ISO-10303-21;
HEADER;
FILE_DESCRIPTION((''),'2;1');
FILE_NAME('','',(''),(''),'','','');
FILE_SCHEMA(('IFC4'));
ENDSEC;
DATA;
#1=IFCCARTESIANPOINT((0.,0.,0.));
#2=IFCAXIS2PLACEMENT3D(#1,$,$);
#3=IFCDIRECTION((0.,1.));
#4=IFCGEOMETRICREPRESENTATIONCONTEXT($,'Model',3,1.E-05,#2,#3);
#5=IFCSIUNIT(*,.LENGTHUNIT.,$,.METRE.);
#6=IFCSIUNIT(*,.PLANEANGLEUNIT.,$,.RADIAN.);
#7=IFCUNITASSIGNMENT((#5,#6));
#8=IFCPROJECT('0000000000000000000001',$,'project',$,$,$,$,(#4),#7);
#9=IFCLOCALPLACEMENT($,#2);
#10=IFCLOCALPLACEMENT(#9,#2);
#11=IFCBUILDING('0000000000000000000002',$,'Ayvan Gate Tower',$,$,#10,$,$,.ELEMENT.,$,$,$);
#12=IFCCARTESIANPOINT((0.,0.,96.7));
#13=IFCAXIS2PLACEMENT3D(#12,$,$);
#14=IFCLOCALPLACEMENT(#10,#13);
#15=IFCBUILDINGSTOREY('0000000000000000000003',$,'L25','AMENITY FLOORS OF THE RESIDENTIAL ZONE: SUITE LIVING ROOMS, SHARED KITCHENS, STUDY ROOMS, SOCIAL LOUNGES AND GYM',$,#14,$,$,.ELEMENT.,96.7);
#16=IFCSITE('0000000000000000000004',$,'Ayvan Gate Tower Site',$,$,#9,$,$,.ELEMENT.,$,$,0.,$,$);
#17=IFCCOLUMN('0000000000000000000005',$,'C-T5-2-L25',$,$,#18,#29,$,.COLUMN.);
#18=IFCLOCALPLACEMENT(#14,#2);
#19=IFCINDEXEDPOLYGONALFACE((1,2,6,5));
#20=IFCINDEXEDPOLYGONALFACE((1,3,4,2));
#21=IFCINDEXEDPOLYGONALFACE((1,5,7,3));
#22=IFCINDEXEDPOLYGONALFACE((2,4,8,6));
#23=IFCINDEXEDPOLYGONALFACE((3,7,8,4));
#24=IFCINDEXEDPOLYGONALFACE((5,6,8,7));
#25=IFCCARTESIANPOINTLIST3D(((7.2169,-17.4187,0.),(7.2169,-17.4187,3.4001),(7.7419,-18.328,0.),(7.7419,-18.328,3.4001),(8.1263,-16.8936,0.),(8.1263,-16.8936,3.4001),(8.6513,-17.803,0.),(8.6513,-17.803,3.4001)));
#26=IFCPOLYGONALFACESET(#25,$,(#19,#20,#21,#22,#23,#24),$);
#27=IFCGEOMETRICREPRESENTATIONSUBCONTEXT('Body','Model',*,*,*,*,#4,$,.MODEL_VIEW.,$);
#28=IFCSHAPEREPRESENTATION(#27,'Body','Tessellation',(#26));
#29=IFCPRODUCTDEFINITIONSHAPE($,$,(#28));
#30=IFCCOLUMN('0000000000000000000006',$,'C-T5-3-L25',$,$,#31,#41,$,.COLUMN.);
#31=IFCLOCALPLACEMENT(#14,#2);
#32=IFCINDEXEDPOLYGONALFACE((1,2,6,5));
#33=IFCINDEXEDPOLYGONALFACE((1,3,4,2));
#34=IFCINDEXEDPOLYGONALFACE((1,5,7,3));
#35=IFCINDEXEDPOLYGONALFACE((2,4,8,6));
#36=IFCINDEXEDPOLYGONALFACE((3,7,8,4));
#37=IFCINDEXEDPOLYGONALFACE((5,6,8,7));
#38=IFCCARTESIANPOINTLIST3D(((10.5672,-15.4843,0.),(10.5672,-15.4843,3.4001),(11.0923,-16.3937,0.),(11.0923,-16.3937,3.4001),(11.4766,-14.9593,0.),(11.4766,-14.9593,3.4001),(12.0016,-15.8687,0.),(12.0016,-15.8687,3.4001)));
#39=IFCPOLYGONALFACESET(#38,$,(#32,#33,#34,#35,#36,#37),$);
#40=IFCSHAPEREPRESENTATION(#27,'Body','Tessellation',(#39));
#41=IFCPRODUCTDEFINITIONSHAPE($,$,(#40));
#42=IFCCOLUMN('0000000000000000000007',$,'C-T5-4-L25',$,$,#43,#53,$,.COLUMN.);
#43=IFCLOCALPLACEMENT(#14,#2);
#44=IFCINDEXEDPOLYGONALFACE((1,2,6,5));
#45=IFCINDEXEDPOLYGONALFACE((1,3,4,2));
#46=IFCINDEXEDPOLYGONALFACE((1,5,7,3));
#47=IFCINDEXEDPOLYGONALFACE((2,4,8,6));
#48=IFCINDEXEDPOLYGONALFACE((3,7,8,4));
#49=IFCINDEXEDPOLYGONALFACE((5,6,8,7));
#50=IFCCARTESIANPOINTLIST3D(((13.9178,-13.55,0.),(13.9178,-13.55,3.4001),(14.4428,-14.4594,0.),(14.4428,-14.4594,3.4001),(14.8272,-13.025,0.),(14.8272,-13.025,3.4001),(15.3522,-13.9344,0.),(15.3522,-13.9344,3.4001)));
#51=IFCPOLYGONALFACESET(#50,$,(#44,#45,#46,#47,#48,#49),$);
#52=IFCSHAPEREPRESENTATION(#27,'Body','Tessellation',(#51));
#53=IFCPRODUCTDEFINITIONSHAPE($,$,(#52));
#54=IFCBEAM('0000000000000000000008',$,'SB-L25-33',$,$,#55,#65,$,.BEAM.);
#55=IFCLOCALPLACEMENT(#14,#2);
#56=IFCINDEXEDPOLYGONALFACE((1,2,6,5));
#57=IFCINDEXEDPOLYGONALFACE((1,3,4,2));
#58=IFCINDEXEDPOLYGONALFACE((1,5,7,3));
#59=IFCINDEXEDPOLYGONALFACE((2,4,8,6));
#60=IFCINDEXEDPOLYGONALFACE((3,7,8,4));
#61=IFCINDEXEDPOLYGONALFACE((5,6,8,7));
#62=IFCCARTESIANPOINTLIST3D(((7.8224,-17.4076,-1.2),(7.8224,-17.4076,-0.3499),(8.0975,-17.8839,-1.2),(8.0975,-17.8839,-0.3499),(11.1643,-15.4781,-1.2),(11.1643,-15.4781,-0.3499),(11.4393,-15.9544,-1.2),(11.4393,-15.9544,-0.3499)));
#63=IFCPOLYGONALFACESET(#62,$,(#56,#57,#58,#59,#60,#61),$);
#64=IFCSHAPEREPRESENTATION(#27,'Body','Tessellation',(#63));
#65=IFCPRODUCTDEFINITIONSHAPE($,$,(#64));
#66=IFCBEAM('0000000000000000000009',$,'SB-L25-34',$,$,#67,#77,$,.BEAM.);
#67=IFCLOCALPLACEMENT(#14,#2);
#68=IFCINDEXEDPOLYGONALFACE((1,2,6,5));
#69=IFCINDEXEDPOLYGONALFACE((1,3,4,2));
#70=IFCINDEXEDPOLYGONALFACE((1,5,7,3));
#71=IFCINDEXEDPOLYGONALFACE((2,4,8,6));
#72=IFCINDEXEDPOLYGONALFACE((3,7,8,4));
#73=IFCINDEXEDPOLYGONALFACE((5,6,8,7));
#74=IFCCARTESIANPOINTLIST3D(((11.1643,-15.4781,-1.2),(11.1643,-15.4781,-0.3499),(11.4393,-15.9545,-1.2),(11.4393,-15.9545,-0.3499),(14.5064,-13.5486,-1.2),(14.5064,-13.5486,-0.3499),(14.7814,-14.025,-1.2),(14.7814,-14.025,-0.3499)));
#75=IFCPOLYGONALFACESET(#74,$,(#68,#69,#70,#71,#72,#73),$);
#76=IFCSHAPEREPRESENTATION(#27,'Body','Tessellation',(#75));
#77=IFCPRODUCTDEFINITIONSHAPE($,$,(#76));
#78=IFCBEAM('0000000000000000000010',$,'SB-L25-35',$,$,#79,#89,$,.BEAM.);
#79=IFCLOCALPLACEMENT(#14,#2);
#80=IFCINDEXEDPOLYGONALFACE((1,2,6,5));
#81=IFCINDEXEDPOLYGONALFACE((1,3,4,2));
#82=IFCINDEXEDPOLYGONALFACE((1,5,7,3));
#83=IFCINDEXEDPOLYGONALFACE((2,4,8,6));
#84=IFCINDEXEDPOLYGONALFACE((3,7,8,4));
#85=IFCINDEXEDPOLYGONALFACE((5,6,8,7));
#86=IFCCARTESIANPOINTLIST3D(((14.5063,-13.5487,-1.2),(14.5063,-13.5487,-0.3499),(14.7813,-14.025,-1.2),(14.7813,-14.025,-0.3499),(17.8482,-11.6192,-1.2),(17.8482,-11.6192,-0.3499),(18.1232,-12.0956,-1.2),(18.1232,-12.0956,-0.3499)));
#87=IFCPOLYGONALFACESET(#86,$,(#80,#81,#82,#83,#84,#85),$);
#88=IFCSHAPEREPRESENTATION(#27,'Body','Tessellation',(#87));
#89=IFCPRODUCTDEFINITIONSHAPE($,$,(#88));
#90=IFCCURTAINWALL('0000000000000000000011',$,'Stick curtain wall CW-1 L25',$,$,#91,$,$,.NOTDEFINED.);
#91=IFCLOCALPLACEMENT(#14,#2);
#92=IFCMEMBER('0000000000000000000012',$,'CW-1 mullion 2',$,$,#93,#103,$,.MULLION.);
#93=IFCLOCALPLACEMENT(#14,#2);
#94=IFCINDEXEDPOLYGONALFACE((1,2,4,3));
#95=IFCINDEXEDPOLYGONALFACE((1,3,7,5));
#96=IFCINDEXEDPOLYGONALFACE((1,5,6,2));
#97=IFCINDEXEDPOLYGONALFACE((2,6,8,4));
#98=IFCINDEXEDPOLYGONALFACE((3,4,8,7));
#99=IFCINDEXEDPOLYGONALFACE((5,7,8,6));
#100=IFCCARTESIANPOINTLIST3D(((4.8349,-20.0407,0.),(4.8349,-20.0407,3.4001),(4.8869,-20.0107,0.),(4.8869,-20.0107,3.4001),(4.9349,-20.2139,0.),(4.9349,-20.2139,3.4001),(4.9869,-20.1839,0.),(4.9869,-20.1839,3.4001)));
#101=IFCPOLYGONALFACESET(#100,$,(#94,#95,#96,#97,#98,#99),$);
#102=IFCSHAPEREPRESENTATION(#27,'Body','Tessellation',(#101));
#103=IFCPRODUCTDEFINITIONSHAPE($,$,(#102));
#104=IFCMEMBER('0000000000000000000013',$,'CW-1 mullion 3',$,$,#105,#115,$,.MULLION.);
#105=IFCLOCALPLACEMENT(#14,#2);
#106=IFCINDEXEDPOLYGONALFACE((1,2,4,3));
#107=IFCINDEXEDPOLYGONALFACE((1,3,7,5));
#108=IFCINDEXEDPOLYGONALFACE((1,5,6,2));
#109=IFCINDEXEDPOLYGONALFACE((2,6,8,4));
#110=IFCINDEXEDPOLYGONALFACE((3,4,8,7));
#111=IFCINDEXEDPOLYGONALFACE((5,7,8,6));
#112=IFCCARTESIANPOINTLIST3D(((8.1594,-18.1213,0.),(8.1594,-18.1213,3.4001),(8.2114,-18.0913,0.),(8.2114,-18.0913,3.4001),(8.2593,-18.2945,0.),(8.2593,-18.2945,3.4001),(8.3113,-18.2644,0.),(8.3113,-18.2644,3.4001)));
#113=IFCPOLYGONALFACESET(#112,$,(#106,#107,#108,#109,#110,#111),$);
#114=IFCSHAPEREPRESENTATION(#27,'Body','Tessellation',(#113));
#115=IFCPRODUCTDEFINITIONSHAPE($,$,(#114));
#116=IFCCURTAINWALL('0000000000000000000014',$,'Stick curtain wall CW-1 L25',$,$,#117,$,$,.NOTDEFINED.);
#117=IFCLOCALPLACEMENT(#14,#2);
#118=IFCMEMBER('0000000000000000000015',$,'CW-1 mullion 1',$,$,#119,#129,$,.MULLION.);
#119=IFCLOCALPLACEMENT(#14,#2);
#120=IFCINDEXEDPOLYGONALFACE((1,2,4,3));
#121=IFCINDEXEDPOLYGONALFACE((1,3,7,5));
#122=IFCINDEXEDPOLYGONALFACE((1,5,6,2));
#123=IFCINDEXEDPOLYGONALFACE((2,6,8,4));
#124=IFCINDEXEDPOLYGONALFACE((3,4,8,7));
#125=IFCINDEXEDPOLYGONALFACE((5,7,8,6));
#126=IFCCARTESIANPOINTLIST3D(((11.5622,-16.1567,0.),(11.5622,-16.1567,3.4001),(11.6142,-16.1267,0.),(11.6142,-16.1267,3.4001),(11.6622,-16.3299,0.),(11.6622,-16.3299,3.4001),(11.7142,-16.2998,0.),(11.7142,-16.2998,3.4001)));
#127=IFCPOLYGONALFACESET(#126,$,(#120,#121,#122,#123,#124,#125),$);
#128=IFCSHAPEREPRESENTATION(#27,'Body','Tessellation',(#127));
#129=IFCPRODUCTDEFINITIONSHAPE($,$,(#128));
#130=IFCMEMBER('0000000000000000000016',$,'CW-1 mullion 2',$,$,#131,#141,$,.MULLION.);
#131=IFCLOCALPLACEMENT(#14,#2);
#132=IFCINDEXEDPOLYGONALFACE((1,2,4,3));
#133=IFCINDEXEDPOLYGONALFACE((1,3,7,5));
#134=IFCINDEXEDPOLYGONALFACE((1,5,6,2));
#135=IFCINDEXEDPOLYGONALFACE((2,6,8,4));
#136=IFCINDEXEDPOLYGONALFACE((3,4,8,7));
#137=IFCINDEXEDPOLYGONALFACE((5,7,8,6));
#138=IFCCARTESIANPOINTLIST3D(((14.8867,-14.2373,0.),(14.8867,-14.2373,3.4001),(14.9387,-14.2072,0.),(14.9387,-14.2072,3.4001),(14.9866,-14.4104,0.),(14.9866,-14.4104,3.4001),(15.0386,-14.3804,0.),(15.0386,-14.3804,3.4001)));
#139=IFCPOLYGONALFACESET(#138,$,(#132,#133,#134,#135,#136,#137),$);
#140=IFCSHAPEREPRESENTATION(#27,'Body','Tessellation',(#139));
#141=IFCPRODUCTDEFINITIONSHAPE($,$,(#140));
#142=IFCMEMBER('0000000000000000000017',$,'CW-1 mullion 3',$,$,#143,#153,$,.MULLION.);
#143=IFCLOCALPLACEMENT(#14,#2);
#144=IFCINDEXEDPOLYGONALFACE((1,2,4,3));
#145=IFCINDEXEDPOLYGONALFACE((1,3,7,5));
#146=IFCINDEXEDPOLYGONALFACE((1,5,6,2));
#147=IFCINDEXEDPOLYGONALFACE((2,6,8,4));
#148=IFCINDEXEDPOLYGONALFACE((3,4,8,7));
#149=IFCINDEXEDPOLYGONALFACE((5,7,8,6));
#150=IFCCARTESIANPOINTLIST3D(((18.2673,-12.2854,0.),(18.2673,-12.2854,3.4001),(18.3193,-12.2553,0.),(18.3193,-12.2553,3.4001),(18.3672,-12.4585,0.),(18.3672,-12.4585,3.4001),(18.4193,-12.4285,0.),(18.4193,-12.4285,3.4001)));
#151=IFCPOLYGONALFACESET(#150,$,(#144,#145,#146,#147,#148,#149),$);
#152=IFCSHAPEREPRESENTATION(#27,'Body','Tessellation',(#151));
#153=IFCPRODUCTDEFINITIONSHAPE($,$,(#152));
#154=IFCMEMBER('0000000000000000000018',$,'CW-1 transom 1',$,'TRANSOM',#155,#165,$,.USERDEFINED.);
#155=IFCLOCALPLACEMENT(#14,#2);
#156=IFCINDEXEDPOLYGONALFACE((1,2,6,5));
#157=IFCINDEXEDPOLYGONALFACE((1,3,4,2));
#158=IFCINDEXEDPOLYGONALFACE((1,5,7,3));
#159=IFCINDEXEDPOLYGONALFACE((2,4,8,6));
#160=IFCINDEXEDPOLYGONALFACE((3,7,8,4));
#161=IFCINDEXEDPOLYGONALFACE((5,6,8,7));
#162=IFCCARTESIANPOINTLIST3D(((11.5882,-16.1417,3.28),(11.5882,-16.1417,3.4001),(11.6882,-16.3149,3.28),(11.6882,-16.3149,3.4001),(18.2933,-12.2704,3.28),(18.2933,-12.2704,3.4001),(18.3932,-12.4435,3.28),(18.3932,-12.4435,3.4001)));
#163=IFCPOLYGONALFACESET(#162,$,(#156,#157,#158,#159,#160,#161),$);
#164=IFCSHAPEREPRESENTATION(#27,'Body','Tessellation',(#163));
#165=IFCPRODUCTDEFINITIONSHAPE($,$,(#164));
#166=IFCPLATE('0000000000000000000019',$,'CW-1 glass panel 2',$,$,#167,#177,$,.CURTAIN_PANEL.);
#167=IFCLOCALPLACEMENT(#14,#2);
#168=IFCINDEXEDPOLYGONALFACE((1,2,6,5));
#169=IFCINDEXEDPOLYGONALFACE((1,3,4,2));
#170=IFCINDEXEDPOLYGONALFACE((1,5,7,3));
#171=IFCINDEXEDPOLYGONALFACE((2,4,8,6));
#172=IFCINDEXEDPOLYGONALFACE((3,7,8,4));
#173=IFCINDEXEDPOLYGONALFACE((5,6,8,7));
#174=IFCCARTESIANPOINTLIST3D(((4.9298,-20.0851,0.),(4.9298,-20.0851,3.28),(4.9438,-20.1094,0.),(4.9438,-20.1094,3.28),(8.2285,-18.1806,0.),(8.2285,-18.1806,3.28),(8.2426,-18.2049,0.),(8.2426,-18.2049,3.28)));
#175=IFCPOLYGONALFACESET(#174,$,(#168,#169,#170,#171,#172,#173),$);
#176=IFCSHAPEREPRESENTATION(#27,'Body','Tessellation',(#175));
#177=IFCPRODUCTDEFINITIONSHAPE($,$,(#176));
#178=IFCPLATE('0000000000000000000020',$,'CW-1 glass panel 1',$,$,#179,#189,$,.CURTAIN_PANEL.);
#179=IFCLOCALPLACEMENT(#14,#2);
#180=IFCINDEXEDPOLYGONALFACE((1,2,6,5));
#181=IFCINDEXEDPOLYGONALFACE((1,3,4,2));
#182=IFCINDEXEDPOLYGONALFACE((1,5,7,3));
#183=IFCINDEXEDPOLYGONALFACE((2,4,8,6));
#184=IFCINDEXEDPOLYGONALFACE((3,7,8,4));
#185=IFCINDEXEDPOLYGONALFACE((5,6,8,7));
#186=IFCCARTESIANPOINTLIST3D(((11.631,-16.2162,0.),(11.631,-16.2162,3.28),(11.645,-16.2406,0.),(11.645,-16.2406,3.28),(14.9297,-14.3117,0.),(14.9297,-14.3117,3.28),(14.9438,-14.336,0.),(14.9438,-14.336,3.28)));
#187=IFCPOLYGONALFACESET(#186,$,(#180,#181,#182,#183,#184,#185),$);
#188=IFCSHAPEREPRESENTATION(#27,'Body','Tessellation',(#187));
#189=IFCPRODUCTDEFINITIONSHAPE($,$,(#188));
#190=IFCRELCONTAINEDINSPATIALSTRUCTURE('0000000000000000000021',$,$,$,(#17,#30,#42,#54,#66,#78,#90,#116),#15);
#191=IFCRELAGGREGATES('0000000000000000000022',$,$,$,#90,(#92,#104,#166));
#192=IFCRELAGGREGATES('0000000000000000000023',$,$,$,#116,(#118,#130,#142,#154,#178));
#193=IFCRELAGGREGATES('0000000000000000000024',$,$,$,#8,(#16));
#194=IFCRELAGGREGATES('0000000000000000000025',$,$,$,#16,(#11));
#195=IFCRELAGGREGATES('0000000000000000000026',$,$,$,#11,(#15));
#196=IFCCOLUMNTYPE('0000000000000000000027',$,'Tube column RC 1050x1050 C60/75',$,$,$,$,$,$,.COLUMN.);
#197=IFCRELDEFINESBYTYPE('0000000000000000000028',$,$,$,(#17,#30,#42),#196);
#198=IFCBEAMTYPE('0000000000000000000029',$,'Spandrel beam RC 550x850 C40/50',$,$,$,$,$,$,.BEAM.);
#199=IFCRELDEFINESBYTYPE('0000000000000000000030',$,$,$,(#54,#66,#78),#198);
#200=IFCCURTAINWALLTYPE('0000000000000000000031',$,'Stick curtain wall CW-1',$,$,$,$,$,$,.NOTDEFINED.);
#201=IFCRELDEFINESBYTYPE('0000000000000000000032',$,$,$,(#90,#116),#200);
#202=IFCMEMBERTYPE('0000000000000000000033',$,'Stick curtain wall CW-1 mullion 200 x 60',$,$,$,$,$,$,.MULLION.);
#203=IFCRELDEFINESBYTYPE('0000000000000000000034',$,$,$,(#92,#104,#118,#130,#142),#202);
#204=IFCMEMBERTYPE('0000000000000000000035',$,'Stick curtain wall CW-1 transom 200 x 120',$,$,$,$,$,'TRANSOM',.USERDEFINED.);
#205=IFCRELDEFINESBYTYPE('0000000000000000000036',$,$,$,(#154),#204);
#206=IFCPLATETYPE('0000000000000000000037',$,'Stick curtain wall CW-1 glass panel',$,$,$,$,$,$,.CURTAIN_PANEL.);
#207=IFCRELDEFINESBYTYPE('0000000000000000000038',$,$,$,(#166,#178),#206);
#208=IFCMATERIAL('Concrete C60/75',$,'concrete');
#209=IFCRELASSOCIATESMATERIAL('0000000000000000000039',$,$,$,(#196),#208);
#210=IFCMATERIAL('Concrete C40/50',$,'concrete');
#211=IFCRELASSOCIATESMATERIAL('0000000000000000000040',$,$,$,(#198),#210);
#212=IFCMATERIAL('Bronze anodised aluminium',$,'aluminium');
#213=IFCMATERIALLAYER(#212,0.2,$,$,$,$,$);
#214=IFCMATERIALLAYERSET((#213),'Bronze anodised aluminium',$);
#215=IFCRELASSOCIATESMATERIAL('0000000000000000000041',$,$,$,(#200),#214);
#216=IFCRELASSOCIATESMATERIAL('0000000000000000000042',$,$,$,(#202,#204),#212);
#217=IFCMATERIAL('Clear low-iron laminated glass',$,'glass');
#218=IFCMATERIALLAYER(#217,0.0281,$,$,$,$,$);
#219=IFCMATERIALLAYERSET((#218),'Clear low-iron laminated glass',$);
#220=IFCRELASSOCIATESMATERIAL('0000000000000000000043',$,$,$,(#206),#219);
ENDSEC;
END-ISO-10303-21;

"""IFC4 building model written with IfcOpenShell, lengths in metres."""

from ifc_helpers import new_model, si_unit, direction, frame, origin, origin_2d, place, context, subcontext, project, spatial, rectangle, extrude, material, layer, layer_set, material_profile, profile_set, type_object, element, aggregate, save


model = new_model("IFC4")

# Units and contexts
model_context = context("Model", 3, precision=1e-05, world=origin(), true_north=direction((0.0, 1.0)))
body_context = subcontext(model_context, "Body", "Model", "MODEL_VIEW")
ifc_project = project(units=[si_unit("LENGTHUNIT", "METRE"), si_unit("PLANEANGLEUNIT", "RADIAN")], contexts=[model_context])

# Site, building, storey
site_placement = place(None, origin())
site = spatial("IfcSite", under=ifc_project, at=site_placement, Name="Ayvan Gate Tower Site", CompositionType="ELEMENT", RefElevation=0.0)
building_placement = place(site_placement, origin())
building = spatial("IfcBuilding", under=site, at=building_placement, Name="Ayvan Gate Tower", CompositionType="ELEMENT")
storey_placement = place(building_placement, frame((0.0, 0.0, 96.7)))
storey = spatial("IfcBuildingStorey", under=building, at=storey_placement, Name="L25", Description="AMENITY FLOORS OF THE RESIDENTIAL ZONE: SUITE LIVING ROOMS, SHARED KITCHENS, STUDY ROOMS, SOCIAL LOUNGES AND GYM", CompositionType="ELEMENT", Elevation=96.7)

# Columns
ifc_material_1 = material(Name="Concrete C60/75", Category="concrete")
ifc_material_profile_1 = material_profile(ifc_material_1, rectangle(XDim=1.05, YDim=1.05, at=origin_2d()), Name="RC 1050x1050")
ifc_profile_set_1 = profile_set([ifc_material_profile_1], Name="Concrete C60/75")
column_type = type_object("IfcColumnType", Name="Tube column RC 1050x1050 C60/75", PredefinedType="COLUMN", material=ifc_profile_set_1)
for number, where, z_axis, x_axis, name in (
    (1, (7.9341, -17.6108, 0.0), (0.0, 0.0, 1.0), (0.5, -0.866025, 0.0), "C-T5-2-L25"),
    (2, (11.2844, -15.6765, 0.0), (0.0, 0.0, 1.0), (0.5, -0.866025, 0.0), "C-T5-3-L25"),
    (3, (14.635, -13.7422, 0.0), (0.0, 0.0, 1.0), (0.5, -0.866025, 0.0), "C-T5-4-L25"),
):
    element("IfcColumn", number, at=place(storey_placement, frame(where, z_axis=z_axis, x_axis=x_axis)), inside=storey, type_object=column_type, Name=name, PredefinedType="COLUMN", context=body_context, shape_type="SweptSolid", body=[
        extrude(rectangle(XDim=1.05, YDim=1.05, at=origin_2d()), origin(), (0.0, 0.0, 1.0), 3.4001),
    ])

# Beams
ifc_material_2 = material(Name="Concrete C40/50", Category="concrete")
ifc_material_profile_2 = material_profile(ifc_material_2, rectangle(XDim=0.55, YDim=0.8501, at=origin_2d()), Name="RC 550x850")
ifc_profile_set_2 = profile_set([ifc_material_profile_2], Name="Concrete C40/50")
beam_type = type_object("IfcBeamType", Name="Spandrel beam RC 550x850 C40/50", PredefinedType="BEAM", material=ifc_profile_set_2)
beam_1_placement = place(storey_placement, frame((7.96, -17.6458, -0.7749), z_axis=(0.866019, 0.500011, 0.0), x_axis=(-0.500011, 0.866019, 0.0)))
element("IfcBeam", 4, at=beam_1_placement, inside=storey, type_object=beam_type, Name="SB-L25-33", PredefinedType="BEAM", context=body_context, shape_type="SweptSolid", body=[
    extrude(rectangle(XDim=0.55, YDim=0.8501, at=origin_2d()), origin(), (0.0, 0.0, 1.0), 3.8589),
])
beam_2_placement = place(storey_placement, frame((11.3018, -15.7163, -0.7749), z_axis=(0.866035, 0.499983, 0.0), x_axis=(-0.499983, 0.866035, 0.0)))
element("IfcBeam", 5, at=beam_2_placement, inside=storey, type_object=beam_type, Name="SB-L25-34", PredefinedType="BEAM", context=body_context, shape_type="SweptSolid", body=[
    extrude(rectangle(XDim=0.55, YDim=0.8501, at=origin_2d()), origin(), (0.0, 0.0, 1.0), 3.8591),
])
beam_3_placement = place(storey_placement, frame((14.6438, -13.7869, -0.7749), z_axis=(0.866019, 0.500011, 0.0), x_axis=(-0.500011, 0.866019, 0.0)))
element("IfcBeam", 6, at=beam_3_placement, inside=storey, type_object=beam_type, Name="SB-L25-35", PredefinedType="BEAM", context=body_context, shape_type="SweptSolid", body=[
    extrude(rectangle(XDim=0.55, YDim=0.8501, at=origin_2d()), origin(), (0.0, 0.0, 1.0), 3.8589),
])

# Curtain walls, members
ifc_material_3 = material(Name="Bronze anodised aluminium", Category="aluminium")
ifc_layer_1 = layer(ifc_material_3, 0.2)
ifc_layer_set_1 = layer_set([ifc_layer_1], Name="Bronze anodised aluminium")
curtain_wall_type = type_object("IfcCurtainWallType", Name="Stick curtain wall CW-1", PredefinedType="NOTDEFINED", material=ifc_layer_set_1)
curtain_wall_1_placement = place(storey_placement, origin())
curtain_wall_1 = element("IfcCurtainWall", 7, at=curtain_wall_1_placement, inside=storey, type_object=curtain_wall_type, Name="Stick curtain wall CW-1 L25", PredefinedType="NOTDEFINED")
ifc_material_profile_3 = material_profile(ifc_material_3, rectangle(XDim=0.2, YDim=0.0601, at=origin_2d()), Name="Stick curtain wall CW-1 mullion 200 x 60")
ifc_profile_set_3 = profile_set([ifc_material_profile_3], Name="Bronze anodised aluminium")
member_type_1 = type_object("IfcMemberType", Name="Stick curtain wall CW-1 mullion 200 x 60", PredefinedType="MULLION", material=ifc_profile_set_3)
member_1_placement = place(storey_placement, frame((4.9109, -20.1123, 0.0), z_axis=(0.0, 0.0, 1.0), x_axis=(0.5, -0.866025, 0.0)))
member_1 = element("IfcMember", 8, at=member_1_placement, type_object=member_type_1, Name="CW-1 mullion 2", PredefinedType="MULLION", context=body_context, shape_type="SweptSolid", body=[
    extrude(rectangle(XDim=0.2, YDim=0.0601, at=origin_2d()), origin(), (0.0, 0.0, 1.0), 3.4001),
])
member_2_placement = place(storey_placement, frame((8.2354, -18.1929, 0.0), z_axis=(0.0, 0.0, 1.0), x_axis=(0.5, -0.866025, 0.0)))
member_2 = element("IfcMember", 9, at=member_2_placement, type_object=member_type_1, Name="CW-1 mullion 3", PredefinedType="MULLION", context=body_context, shape_type="SweptSolid", body=[
    extrude(rectangle(XDim=0.2, YDim=0.0601, at=origin_2d()), origin(), (0.0, 0.0, 1.0), 3.4001),
])
curtain_wall_2_placement = place(storey_placement, origin())
curtain_wall_2 = element("IfcCurtainWall", 10, at=curtain_wall_2_placement, inside=storey, type_object=curtain_wall_type, Name="Stick curtain wall CW-1 L25", PredefinedType="NOTDEFINED")
member_3_placement = place(storey_placement, frame((11.6382, -16.2283, 0.0), z_axis=(0.0, 0.0, 1.0), x_axis=(0.5, -0.866025, 0.0)))
member_3 = element("IfcMember", 11, at=member_3_placement, type_object=member_type_1, Name="CW-1 mullion 1", PredefinedType="MULLION", context=body_context, shape_type="SweptSolid", body=[
    extrude(rectangle(XDim=0.2, YDim=0.0601, at=origin_2d()), origin(), (0.0, 0.0, 1.0), 3.4001),
])
member_4_placement = place(storey_placement, frame((14.9626, -14.3088, 0.0), z_axis=(0.0, 0.0, 1.0), x_axis=(0.5, -0.866025, 0.0)))
member_4 = element("IfcMember", 12, at=member_4_placement, type_object=member_type_1, Name="CW-1 mullion 2", PredefinedType="MULLION", context=body_context, shape_type="SweptSolid", body=[
    extrude(rectangle(XDim=0.2, YDim=0.0601, at=origin_2d()), origin(), (0.0, 0.0, 1.0), 3.4001),
])
member_5_placement = place(storey_placement, frame((18.3433, -12.3569, 0.0), z_axis=(0.0, 0.0, 1.0), x_axis=(0.5, -0.866025, 0.0)))
member_5 = element("IfcMember", 13, at=member_5_placement, type_object=member_type_1, Name="CW-1 mullion 3", PredefinedType="MULLION", context=body_context, shape_type="SweptSolid", body=[
    extrude(rectangle(XDim=0.2, YDim=0.0601, at=origin_2d()), origin(), (0.0, 0.0, 1.0), 3.4001),
])
ifc_material_profile_4 = material_profile(ifc_material_3, rectangle(XDim=0.2, YDim=0.1201, at=origin_2d()), Name="Stick curtain wall CW-1 transom 200 x 120")
ifc_profile_set_4 = profile_set([ifc_material_profile_4], Name="Bronze anodised aluminium")
member_type_2 = type_object("IfcMemberType", Name="Stick curtain wall CW-1 transom 200 x 120", ElementType="TRANSOM", PredefinedType="USERDEFINED", material=ifc_profile_set_4)
member_6_placement = place(storey_placement, frame((11.6382, -16.2283, 3.3401), z_axis=(0.866016, 0.500015, 0.0), x_axis=(-0.500015, 0.866016, 0.0)))
member_6 = element("IfcMember", 14, at=member_6_placement, type_object=member_type_2, Name="CW-1 transom 1", ObjectType="TRANSOM", PredefinedType="USERDEFINED", context=body_context, shape_type="SweptSolid", body=[
    extrude(rectangle(XDim=0.2, YDim=0.1201, at=origin_2d()), origin(), (0.0, 0.0, 1.0), 7.7424),
])

# Plates
ifc_material_4 = material(Name="Clear low-iron laminated glass", Category="glass")
ifc_layer_2 = layer(ifc_material_4, 0.0281)
ifc_layer_set_2 = layer_set([ifc_layer_2], Name="Clear low-iron laminated glass")
plate_type = type_object("IfcPlateType", Name="Stick curtain wall CW-1 glass panel", PredefinedType="CURTAIN_PANEL", material=ifc_layer_set_2)
plate_1_placement = place(storey_placement, frame((6.5862, -19.145, 0.0), z_axis=(0.0, 0.0, 1.0), x_axis=(0.866025, 0.5, 0.0)))
plate_1 = element("IfcPlate", 15, at=plate_1_placement, type_object=plate_type, Name="CW-1 glass panel 2", PredefinedType="CURTAIN_PANEL", context=body_context, shape_type="SweptSolid", body=[
    extrude(rectangle(XDim=3.8091, YDim=0.0281, at=origin_2d()), origin(), (0.0, 0.0, 1.0), 3.28),
])
aggregate(curtain_wall_1, [member_1, member_2, plate_1])
plate_2_placement = place(storey_placement, frame((13.2874, -15.2761, 0.0), z_axis=(0.0, 0.0, 1.0), x_axis=(0.866025, 0.5, 0.0)))
plate_2 = element("IfcPlate", 16, at=plate_2_placement, type_object=plate_type, Name="CW-1 glass panel 1", PredefinedType="CURTAIN_PANEL", context=body_context, shape_type="SweptSolid", body=[
    extrude(rectangle(XDim=3.8091, YDim=0.0281, at=origin_2d()), origin(), (0.0, 0.0, 1.0), 3.28),
])
aggregate(curtain_wall_2, [member_3, member_4, member_5, member_6, plate_2])

save(model, "model.ifc")
